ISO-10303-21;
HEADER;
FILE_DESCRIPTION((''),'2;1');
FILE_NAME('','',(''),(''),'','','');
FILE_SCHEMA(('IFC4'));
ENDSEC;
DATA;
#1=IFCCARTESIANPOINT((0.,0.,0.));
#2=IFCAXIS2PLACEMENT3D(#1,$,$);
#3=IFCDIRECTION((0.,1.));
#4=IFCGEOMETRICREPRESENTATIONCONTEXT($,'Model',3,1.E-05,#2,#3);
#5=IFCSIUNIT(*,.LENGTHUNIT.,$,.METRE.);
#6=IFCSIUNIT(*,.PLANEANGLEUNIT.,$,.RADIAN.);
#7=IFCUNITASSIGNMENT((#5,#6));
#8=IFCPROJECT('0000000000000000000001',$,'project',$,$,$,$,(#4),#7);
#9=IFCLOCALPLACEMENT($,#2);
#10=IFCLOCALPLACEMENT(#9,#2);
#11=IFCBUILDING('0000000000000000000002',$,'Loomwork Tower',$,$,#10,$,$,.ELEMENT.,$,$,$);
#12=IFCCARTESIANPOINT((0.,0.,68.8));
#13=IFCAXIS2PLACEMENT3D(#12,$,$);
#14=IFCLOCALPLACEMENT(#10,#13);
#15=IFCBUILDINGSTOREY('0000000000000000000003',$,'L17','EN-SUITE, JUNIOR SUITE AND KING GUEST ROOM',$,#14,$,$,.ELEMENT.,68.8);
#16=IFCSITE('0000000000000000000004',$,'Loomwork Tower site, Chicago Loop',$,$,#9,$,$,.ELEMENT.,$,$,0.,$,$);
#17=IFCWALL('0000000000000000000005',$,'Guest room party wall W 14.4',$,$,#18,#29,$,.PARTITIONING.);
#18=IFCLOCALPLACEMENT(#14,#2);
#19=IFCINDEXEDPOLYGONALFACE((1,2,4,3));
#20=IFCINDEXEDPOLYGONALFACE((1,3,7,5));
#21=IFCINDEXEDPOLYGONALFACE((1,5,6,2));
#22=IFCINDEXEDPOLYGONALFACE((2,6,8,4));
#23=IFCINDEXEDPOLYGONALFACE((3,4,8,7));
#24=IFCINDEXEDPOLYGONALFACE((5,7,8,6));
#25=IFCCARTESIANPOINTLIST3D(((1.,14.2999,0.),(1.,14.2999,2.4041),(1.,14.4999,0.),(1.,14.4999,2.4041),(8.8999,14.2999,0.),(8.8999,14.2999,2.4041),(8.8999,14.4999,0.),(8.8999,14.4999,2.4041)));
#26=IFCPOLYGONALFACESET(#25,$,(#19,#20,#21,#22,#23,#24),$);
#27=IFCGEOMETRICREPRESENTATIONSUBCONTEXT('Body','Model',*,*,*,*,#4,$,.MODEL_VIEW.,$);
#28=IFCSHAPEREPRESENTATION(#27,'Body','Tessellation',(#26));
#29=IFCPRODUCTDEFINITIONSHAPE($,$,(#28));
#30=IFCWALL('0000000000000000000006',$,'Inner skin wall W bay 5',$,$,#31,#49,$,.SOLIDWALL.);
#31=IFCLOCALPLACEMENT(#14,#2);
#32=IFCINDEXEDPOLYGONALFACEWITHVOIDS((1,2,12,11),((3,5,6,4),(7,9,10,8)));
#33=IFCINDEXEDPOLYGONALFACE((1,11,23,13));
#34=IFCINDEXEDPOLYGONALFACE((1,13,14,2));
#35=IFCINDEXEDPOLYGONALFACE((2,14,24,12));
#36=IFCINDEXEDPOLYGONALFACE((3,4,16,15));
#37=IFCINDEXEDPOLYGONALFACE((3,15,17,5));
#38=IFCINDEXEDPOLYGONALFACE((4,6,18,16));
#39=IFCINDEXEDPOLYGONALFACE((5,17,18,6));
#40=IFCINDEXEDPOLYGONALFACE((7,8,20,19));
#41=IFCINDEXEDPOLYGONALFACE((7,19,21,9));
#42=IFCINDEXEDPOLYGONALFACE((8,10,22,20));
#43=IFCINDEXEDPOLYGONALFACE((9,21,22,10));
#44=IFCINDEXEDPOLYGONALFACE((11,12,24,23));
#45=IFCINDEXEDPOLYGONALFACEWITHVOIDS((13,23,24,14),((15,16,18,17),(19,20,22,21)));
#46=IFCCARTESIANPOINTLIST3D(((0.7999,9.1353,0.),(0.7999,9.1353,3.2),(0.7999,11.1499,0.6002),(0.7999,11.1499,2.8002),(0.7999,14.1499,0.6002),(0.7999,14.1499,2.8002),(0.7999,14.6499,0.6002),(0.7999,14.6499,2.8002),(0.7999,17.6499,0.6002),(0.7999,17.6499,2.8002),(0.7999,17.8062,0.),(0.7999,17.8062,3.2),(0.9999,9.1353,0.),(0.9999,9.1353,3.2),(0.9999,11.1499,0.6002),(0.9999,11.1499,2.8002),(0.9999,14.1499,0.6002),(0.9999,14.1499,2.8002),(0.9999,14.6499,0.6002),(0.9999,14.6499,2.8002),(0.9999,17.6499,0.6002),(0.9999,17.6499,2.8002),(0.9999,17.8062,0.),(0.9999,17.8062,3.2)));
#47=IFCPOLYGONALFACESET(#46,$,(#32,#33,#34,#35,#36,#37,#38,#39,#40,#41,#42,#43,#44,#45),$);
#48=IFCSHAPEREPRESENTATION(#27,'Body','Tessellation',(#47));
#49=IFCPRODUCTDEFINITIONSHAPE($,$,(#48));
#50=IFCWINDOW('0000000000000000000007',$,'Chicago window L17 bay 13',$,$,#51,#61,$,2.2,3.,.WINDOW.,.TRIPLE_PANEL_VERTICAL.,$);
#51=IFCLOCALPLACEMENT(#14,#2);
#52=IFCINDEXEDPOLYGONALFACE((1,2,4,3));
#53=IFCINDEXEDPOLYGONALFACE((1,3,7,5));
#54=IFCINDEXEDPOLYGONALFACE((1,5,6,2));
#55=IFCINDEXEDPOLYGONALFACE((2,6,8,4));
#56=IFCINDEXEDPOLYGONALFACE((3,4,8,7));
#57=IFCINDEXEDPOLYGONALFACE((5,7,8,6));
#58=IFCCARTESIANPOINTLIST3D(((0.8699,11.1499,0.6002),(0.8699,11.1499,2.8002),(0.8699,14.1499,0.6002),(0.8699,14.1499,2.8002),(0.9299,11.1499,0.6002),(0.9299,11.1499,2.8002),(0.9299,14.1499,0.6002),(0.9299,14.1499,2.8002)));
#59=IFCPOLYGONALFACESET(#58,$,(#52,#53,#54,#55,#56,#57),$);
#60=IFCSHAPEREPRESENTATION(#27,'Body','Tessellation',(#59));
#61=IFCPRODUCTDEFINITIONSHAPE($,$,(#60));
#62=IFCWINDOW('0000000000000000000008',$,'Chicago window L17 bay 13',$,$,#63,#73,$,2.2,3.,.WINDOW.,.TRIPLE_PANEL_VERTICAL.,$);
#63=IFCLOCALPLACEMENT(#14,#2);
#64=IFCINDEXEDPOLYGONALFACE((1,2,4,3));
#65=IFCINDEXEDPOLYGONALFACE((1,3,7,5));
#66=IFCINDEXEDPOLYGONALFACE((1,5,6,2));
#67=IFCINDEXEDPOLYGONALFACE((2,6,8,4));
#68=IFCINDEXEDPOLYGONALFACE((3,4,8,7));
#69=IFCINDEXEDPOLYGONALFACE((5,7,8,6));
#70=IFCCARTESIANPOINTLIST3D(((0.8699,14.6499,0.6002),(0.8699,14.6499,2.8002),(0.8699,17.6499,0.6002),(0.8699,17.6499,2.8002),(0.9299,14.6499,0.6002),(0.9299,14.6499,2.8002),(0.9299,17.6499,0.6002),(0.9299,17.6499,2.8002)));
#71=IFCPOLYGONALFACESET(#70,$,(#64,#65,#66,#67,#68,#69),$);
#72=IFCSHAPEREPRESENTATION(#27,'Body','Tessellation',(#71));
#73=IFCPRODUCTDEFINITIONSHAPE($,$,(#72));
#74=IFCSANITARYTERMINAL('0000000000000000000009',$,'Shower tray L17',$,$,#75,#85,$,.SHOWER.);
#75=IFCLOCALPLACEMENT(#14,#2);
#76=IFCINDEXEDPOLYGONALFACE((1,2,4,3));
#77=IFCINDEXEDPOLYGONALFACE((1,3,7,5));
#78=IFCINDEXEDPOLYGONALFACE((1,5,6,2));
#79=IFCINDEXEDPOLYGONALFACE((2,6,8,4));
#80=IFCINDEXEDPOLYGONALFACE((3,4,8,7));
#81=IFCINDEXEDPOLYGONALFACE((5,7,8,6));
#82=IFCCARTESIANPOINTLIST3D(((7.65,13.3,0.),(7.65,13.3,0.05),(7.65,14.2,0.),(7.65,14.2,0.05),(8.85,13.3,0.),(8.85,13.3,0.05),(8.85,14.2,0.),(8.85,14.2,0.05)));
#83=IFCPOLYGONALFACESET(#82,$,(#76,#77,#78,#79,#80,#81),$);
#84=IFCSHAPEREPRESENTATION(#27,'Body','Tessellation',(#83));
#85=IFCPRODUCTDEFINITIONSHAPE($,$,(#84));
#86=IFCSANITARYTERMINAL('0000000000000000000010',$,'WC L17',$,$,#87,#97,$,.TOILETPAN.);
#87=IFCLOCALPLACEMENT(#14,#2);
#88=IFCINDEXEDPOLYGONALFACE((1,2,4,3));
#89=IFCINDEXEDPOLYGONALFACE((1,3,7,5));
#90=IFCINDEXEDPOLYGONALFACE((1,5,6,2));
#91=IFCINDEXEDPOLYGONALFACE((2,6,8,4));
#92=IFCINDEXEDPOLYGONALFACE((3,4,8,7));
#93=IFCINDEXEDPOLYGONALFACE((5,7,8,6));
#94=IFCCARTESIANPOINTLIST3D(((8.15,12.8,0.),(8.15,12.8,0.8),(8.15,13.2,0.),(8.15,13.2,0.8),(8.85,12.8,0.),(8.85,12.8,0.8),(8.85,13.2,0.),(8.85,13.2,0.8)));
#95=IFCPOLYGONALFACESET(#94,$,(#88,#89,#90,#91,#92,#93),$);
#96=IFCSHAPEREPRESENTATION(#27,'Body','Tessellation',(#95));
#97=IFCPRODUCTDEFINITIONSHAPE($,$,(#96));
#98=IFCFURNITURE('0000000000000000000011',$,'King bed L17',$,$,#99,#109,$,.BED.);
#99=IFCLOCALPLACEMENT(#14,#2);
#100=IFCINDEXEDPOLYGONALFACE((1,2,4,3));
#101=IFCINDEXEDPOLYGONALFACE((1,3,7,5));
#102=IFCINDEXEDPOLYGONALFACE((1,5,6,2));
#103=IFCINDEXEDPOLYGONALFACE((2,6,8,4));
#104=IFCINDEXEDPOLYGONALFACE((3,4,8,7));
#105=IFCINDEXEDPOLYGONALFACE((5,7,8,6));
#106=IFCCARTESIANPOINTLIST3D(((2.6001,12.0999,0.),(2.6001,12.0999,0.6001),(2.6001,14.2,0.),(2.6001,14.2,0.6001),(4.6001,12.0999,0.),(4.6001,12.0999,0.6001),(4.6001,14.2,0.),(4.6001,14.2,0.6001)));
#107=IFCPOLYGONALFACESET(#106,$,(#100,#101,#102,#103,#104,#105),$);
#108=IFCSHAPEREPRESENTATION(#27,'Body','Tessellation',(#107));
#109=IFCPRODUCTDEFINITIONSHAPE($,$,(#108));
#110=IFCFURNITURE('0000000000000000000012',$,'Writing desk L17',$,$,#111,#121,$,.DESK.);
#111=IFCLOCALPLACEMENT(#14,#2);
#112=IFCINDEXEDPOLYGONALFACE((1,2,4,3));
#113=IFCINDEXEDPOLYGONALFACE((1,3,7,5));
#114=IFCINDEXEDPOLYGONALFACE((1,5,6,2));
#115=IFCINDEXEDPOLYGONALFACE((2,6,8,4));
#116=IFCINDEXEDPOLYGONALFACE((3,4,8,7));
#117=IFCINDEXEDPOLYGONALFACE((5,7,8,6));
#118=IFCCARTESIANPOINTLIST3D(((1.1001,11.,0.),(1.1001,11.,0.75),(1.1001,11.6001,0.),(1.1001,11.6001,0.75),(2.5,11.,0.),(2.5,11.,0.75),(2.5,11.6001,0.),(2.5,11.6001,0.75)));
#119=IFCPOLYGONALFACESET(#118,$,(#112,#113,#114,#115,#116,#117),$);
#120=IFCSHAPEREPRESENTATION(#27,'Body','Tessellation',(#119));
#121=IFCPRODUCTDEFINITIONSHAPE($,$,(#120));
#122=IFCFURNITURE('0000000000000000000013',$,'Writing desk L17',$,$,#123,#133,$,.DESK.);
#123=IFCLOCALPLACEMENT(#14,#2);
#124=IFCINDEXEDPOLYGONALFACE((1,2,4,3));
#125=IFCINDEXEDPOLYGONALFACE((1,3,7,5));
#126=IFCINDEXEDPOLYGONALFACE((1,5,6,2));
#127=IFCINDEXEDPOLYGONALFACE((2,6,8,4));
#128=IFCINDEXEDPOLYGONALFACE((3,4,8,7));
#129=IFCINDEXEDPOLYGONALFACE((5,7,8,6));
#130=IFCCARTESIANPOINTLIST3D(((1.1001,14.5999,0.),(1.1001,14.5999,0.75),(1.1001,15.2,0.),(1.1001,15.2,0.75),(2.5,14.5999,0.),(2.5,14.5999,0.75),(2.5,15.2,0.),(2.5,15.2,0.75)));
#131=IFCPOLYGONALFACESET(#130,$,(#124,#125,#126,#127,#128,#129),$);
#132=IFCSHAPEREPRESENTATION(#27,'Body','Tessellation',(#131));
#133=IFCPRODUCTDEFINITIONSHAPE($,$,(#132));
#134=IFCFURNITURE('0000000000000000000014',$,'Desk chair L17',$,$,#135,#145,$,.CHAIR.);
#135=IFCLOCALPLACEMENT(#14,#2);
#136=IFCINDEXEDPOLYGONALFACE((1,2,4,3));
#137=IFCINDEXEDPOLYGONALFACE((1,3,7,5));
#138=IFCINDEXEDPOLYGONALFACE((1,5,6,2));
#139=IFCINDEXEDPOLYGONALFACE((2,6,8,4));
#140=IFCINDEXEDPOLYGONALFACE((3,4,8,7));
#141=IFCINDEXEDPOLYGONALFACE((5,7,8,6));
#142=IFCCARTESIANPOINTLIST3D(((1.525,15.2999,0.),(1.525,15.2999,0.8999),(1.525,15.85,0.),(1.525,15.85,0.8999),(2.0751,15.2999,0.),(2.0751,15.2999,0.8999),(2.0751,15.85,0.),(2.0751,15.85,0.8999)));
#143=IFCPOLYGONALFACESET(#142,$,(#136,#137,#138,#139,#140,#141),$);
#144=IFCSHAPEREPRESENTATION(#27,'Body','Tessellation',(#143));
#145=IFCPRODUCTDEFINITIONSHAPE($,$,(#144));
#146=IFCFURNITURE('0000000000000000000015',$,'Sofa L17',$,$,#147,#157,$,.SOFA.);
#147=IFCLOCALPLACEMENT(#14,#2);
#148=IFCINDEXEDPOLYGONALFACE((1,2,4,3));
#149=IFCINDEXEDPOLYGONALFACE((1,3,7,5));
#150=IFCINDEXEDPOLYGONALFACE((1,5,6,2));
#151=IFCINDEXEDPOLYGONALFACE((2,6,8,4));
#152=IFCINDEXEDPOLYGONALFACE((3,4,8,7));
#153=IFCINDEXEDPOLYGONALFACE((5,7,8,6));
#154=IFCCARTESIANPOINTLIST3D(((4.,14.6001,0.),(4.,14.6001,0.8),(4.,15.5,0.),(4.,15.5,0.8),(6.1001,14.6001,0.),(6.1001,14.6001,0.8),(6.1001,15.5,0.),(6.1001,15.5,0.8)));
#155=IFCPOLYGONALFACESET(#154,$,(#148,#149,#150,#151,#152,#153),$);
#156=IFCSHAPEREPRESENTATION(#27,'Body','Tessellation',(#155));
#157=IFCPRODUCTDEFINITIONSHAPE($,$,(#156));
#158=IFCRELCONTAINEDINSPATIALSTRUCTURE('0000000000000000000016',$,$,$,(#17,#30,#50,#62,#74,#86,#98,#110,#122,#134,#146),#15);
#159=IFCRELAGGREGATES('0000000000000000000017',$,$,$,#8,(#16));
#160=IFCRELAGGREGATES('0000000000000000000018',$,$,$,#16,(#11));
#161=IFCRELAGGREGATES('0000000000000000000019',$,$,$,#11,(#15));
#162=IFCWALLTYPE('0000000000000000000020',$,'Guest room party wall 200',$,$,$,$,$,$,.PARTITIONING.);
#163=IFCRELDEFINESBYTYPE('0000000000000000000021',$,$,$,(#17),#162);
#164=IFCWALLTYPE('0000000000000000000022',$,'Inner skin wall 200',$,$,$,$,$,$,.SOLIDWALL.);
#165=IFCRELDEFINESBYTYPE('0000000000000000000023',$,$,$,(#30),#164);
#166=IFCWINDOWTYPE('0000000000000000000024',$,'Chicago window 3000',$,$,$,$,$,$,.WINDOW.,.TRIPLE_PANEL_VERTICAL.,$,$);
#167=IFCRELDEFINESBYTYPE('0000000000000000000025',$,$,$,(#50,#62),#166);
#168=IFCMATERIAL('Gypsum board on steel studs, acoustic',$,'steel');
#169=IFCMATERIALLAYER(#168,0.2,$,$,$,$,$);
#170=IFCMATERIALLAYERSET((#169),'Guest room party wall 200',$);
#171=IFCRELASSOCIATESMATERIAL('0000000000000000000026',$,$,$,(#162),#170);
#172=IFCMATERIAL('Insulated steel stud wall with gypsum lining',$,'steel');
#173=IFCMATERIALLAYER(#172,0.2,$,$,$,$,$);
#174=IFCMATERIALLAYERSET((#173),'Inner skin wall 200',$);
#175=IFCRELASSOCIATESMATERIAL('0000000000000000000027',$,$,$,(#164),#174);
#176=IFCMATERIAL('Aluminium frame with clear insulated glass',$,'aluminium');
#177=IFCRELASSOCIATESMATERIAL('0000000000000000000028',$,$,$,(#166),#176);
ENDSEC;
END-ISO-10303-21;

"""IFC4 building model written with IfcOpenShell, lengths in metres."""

from ifc_helpers import new_model, si_unit, direction, frame, frame_2d, origin, origin_2d, place, context, subcontext, project, spatial, rectangle, extrude, material, layer, layer_set, type_object, element, fill, save


model = new_model("IFC4")

# Units and contexts
model_context = context("Model", 3, precision=1e-05, world=origin(), true_north=direction((0.0, 1.0)))
body_context = subcontext(model_context, "Body", "Model", "MODEL_VIEW")
ifc_project = project(units=[si_unit("LENGTHUNIT", "METRE"), si_unit("PLANEANGLEUNIT", "RADIAN")], contexts=[model_context])

# Site, building, storey
site_placement = place(None, origin())
site = spatial("IfcSite", under=ifc_project, at=site_placement, Name="Loomwork Tower site, Chicago Loop", CompositionType="ELEMENT", RefElevation=0.0)
building_placement = place(site_placement, origin())
building = spatial("IfcBuilding", under=site, at=building_placement, Name="Loomwork Tower", CompositionType="ELEMENT")
storey_placement = place(building_placement, frame((0.0, 0.0, 68.8)))
storey = spatial("IfcBuildingStorey", under=building, at=storey_placement, Name="L17", Description="EN-SUITE, JUNIOR SUITE AND KING GUEST ROOM", CompositionType="ELEMENT", Elevation=68.8)

# Wall
ifc_material_1 = material(Name="Gypsum board on steel studs, acoustic", Category="steel")
ifc_layer_1 = layer(ifc_material_1, 0.2)
ifc_layer_set_1 = layer_set([ifc_layer_1], Name="Guest room party wall 200")
wall_type_1 = type_object("IfcWallType", Name="Guest room party wall 200", PredefinedType="PARTITIONING", material=ifc_layer_set_1)
wall_1_placement = place(storey_placement, frame((8.8999, 14.3999, 0.0), z_axis=(0.0, 0.0, 1.0), x_axis=(-1.0, 0.0, 0.0)))
element("IfcWall", 1, at=wall_1_placement, inside=storey, type_object=wall_type_1, Name="Guest room party wall W 14.4", PredefinedType="PARTITIONING", context=body_context, shape_type="SweptSolid", body=[
    extrude(rectangle(XDim=7.8999, YDim=0.2, at=frame_2d((3.95, 0.0))), origin(), (0.0, 0.0, 1.0), 2.4041),
])

# Wall, openings, windows
ifc_material_2 = material(Name="Insulated steel stud wall with gypsum lining", Category="steel")
ifc_layer_2 = layer(ifc_material_2, 0.2)
ifc_layer_set_2 = layer_set([ifc_layer_2], Name="Inner skin wall 200")
wall_type_2 = type_object("IfcWallType", Name="Inner skin wall 200", PredefinedType="SOLIDWALL", material=ifc_layer_set_2)
wall_2_placement = place(storey_placement, frame((0.8999, 9.1353, 0.0), z_axis=(0.0, 0.0, 1.0), x_axis=(0.0, 1.0, 0.0)))
wall_2 = element("IfcWall", 2, at=wall_2_placement, inside=storey, type_object=wall_type_2, Name="Inner skin wall W bay 5", PredefinedType="SOLIDWALL", context=body_context, shape_type="SweptSolid", body=[
    extrude(rectangle(XDim=8.6709, YDim=0.2, at=frame_2d((4.3354, 0.0))), origin(), (0.0, 0.0, 1.0), 3.2),
])
opening_1_placement = place(wall_2_placement, frame((2.0146, 0.0, 0.6001)))
opening_1 = element("IfcOpeningElement", 3, at=opening_1_placement, cuts=wall_2, PredefinedType="OPENING", context=body_context, shape_type="SweptSolid", body=[
    extrude(rectangle(XDim=3.0, YDim=2.2, at=frame_2d((1.5, 1.1001))), frame((0.0, 0.1099, 0.0), z_axis=(0.0, -1.0, 0.0), x_axis=(1.0, 0.0, 0.0)), (0.0, 0.0, 1.0), 0.22),
])
opening_2_placement = place(wall_2_placement, frame((5.5146, 0.0, 0.6001)))
opening_2 = element("IfcOpeningElement", 4, at=opening_2_placement, cuts=wall_2, PredefinedType="OPENING", context=body_context, shape_type="SweptSolid", body=[
    extrude(rectangle(XDim=3.0, YDim=2.2, at=frame_2d((1.5, 1.1001))), frame((0.0, 0.1099, 0.0), z_axis=(0.0, -1.0, 0.0), x_axis=(1.0, 0.0, 0.0)), (0.0, 0.0, 1.0), 0.22),
])
ifc_material_3 = material(Name="Aluminium frame with clear insulated glass", Category="aluminium")
window_type = type_object("IfcWindowType", Name="Chicago window 3000", PartitioningType="TRIPLE_PANEL_VERTICAL", PredefinedType="WINDOW", material=ifc_material_3)
window_1_placement = place(opening_1_placement, origin())
window_1 = element("IfcWindow", 5, at=window_1_placement, inside=storey, type_object=window_type, Name="Chicago window L17 bay 13", OverallHeight=2.2, OverallWidth=3.0, PartitioningType="TRIPLE_PANEL_VERTICAL", PredefinedType="WINDOW", context=body_context, shape_type="SweptSolid", body=[
    extrude(rectangle(XDim=3.0, YDim=2.2, at=frame_2d((1.5, 1.1001))), frame((0.0, 0.03, 0.0), z_axis=(0.0, -1.0, 0.0), x_axis=(1.0, 0.0, 0.0)), (0.0, 0.0, 1.0), 0.0601),
])
fill(opening_1, window_1)
window_2_placement = place(opening_2_placement, origin())
window_2 = element("IfcWindow", 6, at=window_2_placement, inside=storey, type_object=window_type, Name="Chicago window L17 bay 13", OverallHeight=2.2, OverallWidth=3.0, PartitioningType="TRIPLE_PANEL_VERTICAL", PredefinedType="WINDOW", context=body_context, shape_type="SweptSolid", body=[
    extrude(rectangle(XDim=3.0, YDim=2.2, at=frame_2d((1.5, 1.1001))), frame((0.0, 0.03, 0.0), z_axis=(0.0, -1.0, 0.0), x_axis=(1.0, 0.0, 0.0)), (0.0, 0.0, 1.0), 0.0601),
])
fill(opening_2, window_2)

# Sanitary terminals
sanitary_terminal_1_placement = place(storey_placement, frame((8.25, 13.75, 0.0), z_axis=(0.0, 0.0, 1.0), x_axis=(1.0, 0.0, 0.0)))
element("IfcSanitaryTerminal", 7, at=sanitary_terminal_1_placement, inside=storey, Name="Shower tray L17", PredefinedType="SHOWER", context=body_context, shape_type="SweptSolid", body=[
    extrude(rectangle(XDim=1.2, YDim=0.8999, at=origin_2d()), origin(), (0.0, 0.0, 1.0), 0.05),
])
sanitary_terminal_2_placement = place(storey_placement, frame((8.5, 13.0, 0.0), z_axis=(0.0, 0.0, 1.0), x_axis=(1.0, 0.0, 0.0)))
element("IfcSanitaryTerminal", 8, at=sanitary_terminal_2_placement, inside=storey, Name="WC L17", PredefinedType="TOILETPAN", context=body_context, shape_type="SweptSolid", body=[
    extrude(rectangle(XDim=0.7, YDim=0.3999, at=origin_2d()), origin(), (0.0, 0.0, 1.0), 0.8),
])

# Furniture
furniture_1_placement = place(storey_placement, frame((3.6001, 13.1499, 0.0), z_axis=(0.0, 0.0, 1.0), x_axis=(1.0, 0.0, 0.0)))
element("IfcFurniture", 9, at=furniture_1_placement, inside=storey, Name="King bed L17", PredefinedType="BED", context=body_context, shape_type="SweptSolid", body=[
    extrude(rectangle(XDim=2.0, YDim=2.1001, at=origin_2d()), origin(), (0.0, 0.0, 1.0), 0.6001),
])
for number, where, z_axis, x_axis, name in (
    (10, (1.8, 11.3, 0.0), (0.0, 0.0, 1.0), (1.0, 0.0, 0.0), "Writing desk L17"),
    (11, (1.8, 14.8999, 0.0), (0.0, 0.0, 1.0), (1.0, 0.0, 0.0), "Writing desk L17"),
):
    element("IfcFurniture", number, at=place(storey_placement, frame(where, z_axis=z_axis, x_axis=x_axis)), inside=storey, Name=name, PredefinedType="DESK", context=body_context, shape_type="SweptSolid", body=[
        extrude(rectangle(XDim=1.3999, YDim=0.6001, at=origin_2d()), origin(), (0.0, 0.0, 1.0), 0.75),
    ])
furniture_2_placement = place(storey_placement, frame((1.8, 15.575, 0.0), z_axis=(0.0, 0.0, 1.0), x_axis=(1.0, 0.0, 0.0)))
element("IfcFurniture", 12, at=furniture_2_placement, inside=storey, Name="Desk chair L17", PredefinedType="CHAIR", context=body_context, shape_type="SweptSolid", body=[
    extrude(rectangle(XDim=0.55, YDim=0.55, at=origin_2d()), origin(), (0.0, 0.0, 1.0), 0.8999),
])
furniture_3_placement = place(storey_placement, frame((5.05, 15.05, 0.0), z_axis=(0.0, 0.0, 1.0), x_axis=(1.0, 0.0, 0.0)))
element("IfcFurniture", 13, at=furniture_3_placement, inside=storey, Name="Sofa L17", PredefinedType="SOFA", context=body_context, shape_type="SweptSolid", body=[
    extrude(rectangle(XDim=2.1001, YDim=0.8999, at=origin_2d()), origin(), (0.0, 0.0, 1.0), 0.8),
])

save(model, "model.ifc")
